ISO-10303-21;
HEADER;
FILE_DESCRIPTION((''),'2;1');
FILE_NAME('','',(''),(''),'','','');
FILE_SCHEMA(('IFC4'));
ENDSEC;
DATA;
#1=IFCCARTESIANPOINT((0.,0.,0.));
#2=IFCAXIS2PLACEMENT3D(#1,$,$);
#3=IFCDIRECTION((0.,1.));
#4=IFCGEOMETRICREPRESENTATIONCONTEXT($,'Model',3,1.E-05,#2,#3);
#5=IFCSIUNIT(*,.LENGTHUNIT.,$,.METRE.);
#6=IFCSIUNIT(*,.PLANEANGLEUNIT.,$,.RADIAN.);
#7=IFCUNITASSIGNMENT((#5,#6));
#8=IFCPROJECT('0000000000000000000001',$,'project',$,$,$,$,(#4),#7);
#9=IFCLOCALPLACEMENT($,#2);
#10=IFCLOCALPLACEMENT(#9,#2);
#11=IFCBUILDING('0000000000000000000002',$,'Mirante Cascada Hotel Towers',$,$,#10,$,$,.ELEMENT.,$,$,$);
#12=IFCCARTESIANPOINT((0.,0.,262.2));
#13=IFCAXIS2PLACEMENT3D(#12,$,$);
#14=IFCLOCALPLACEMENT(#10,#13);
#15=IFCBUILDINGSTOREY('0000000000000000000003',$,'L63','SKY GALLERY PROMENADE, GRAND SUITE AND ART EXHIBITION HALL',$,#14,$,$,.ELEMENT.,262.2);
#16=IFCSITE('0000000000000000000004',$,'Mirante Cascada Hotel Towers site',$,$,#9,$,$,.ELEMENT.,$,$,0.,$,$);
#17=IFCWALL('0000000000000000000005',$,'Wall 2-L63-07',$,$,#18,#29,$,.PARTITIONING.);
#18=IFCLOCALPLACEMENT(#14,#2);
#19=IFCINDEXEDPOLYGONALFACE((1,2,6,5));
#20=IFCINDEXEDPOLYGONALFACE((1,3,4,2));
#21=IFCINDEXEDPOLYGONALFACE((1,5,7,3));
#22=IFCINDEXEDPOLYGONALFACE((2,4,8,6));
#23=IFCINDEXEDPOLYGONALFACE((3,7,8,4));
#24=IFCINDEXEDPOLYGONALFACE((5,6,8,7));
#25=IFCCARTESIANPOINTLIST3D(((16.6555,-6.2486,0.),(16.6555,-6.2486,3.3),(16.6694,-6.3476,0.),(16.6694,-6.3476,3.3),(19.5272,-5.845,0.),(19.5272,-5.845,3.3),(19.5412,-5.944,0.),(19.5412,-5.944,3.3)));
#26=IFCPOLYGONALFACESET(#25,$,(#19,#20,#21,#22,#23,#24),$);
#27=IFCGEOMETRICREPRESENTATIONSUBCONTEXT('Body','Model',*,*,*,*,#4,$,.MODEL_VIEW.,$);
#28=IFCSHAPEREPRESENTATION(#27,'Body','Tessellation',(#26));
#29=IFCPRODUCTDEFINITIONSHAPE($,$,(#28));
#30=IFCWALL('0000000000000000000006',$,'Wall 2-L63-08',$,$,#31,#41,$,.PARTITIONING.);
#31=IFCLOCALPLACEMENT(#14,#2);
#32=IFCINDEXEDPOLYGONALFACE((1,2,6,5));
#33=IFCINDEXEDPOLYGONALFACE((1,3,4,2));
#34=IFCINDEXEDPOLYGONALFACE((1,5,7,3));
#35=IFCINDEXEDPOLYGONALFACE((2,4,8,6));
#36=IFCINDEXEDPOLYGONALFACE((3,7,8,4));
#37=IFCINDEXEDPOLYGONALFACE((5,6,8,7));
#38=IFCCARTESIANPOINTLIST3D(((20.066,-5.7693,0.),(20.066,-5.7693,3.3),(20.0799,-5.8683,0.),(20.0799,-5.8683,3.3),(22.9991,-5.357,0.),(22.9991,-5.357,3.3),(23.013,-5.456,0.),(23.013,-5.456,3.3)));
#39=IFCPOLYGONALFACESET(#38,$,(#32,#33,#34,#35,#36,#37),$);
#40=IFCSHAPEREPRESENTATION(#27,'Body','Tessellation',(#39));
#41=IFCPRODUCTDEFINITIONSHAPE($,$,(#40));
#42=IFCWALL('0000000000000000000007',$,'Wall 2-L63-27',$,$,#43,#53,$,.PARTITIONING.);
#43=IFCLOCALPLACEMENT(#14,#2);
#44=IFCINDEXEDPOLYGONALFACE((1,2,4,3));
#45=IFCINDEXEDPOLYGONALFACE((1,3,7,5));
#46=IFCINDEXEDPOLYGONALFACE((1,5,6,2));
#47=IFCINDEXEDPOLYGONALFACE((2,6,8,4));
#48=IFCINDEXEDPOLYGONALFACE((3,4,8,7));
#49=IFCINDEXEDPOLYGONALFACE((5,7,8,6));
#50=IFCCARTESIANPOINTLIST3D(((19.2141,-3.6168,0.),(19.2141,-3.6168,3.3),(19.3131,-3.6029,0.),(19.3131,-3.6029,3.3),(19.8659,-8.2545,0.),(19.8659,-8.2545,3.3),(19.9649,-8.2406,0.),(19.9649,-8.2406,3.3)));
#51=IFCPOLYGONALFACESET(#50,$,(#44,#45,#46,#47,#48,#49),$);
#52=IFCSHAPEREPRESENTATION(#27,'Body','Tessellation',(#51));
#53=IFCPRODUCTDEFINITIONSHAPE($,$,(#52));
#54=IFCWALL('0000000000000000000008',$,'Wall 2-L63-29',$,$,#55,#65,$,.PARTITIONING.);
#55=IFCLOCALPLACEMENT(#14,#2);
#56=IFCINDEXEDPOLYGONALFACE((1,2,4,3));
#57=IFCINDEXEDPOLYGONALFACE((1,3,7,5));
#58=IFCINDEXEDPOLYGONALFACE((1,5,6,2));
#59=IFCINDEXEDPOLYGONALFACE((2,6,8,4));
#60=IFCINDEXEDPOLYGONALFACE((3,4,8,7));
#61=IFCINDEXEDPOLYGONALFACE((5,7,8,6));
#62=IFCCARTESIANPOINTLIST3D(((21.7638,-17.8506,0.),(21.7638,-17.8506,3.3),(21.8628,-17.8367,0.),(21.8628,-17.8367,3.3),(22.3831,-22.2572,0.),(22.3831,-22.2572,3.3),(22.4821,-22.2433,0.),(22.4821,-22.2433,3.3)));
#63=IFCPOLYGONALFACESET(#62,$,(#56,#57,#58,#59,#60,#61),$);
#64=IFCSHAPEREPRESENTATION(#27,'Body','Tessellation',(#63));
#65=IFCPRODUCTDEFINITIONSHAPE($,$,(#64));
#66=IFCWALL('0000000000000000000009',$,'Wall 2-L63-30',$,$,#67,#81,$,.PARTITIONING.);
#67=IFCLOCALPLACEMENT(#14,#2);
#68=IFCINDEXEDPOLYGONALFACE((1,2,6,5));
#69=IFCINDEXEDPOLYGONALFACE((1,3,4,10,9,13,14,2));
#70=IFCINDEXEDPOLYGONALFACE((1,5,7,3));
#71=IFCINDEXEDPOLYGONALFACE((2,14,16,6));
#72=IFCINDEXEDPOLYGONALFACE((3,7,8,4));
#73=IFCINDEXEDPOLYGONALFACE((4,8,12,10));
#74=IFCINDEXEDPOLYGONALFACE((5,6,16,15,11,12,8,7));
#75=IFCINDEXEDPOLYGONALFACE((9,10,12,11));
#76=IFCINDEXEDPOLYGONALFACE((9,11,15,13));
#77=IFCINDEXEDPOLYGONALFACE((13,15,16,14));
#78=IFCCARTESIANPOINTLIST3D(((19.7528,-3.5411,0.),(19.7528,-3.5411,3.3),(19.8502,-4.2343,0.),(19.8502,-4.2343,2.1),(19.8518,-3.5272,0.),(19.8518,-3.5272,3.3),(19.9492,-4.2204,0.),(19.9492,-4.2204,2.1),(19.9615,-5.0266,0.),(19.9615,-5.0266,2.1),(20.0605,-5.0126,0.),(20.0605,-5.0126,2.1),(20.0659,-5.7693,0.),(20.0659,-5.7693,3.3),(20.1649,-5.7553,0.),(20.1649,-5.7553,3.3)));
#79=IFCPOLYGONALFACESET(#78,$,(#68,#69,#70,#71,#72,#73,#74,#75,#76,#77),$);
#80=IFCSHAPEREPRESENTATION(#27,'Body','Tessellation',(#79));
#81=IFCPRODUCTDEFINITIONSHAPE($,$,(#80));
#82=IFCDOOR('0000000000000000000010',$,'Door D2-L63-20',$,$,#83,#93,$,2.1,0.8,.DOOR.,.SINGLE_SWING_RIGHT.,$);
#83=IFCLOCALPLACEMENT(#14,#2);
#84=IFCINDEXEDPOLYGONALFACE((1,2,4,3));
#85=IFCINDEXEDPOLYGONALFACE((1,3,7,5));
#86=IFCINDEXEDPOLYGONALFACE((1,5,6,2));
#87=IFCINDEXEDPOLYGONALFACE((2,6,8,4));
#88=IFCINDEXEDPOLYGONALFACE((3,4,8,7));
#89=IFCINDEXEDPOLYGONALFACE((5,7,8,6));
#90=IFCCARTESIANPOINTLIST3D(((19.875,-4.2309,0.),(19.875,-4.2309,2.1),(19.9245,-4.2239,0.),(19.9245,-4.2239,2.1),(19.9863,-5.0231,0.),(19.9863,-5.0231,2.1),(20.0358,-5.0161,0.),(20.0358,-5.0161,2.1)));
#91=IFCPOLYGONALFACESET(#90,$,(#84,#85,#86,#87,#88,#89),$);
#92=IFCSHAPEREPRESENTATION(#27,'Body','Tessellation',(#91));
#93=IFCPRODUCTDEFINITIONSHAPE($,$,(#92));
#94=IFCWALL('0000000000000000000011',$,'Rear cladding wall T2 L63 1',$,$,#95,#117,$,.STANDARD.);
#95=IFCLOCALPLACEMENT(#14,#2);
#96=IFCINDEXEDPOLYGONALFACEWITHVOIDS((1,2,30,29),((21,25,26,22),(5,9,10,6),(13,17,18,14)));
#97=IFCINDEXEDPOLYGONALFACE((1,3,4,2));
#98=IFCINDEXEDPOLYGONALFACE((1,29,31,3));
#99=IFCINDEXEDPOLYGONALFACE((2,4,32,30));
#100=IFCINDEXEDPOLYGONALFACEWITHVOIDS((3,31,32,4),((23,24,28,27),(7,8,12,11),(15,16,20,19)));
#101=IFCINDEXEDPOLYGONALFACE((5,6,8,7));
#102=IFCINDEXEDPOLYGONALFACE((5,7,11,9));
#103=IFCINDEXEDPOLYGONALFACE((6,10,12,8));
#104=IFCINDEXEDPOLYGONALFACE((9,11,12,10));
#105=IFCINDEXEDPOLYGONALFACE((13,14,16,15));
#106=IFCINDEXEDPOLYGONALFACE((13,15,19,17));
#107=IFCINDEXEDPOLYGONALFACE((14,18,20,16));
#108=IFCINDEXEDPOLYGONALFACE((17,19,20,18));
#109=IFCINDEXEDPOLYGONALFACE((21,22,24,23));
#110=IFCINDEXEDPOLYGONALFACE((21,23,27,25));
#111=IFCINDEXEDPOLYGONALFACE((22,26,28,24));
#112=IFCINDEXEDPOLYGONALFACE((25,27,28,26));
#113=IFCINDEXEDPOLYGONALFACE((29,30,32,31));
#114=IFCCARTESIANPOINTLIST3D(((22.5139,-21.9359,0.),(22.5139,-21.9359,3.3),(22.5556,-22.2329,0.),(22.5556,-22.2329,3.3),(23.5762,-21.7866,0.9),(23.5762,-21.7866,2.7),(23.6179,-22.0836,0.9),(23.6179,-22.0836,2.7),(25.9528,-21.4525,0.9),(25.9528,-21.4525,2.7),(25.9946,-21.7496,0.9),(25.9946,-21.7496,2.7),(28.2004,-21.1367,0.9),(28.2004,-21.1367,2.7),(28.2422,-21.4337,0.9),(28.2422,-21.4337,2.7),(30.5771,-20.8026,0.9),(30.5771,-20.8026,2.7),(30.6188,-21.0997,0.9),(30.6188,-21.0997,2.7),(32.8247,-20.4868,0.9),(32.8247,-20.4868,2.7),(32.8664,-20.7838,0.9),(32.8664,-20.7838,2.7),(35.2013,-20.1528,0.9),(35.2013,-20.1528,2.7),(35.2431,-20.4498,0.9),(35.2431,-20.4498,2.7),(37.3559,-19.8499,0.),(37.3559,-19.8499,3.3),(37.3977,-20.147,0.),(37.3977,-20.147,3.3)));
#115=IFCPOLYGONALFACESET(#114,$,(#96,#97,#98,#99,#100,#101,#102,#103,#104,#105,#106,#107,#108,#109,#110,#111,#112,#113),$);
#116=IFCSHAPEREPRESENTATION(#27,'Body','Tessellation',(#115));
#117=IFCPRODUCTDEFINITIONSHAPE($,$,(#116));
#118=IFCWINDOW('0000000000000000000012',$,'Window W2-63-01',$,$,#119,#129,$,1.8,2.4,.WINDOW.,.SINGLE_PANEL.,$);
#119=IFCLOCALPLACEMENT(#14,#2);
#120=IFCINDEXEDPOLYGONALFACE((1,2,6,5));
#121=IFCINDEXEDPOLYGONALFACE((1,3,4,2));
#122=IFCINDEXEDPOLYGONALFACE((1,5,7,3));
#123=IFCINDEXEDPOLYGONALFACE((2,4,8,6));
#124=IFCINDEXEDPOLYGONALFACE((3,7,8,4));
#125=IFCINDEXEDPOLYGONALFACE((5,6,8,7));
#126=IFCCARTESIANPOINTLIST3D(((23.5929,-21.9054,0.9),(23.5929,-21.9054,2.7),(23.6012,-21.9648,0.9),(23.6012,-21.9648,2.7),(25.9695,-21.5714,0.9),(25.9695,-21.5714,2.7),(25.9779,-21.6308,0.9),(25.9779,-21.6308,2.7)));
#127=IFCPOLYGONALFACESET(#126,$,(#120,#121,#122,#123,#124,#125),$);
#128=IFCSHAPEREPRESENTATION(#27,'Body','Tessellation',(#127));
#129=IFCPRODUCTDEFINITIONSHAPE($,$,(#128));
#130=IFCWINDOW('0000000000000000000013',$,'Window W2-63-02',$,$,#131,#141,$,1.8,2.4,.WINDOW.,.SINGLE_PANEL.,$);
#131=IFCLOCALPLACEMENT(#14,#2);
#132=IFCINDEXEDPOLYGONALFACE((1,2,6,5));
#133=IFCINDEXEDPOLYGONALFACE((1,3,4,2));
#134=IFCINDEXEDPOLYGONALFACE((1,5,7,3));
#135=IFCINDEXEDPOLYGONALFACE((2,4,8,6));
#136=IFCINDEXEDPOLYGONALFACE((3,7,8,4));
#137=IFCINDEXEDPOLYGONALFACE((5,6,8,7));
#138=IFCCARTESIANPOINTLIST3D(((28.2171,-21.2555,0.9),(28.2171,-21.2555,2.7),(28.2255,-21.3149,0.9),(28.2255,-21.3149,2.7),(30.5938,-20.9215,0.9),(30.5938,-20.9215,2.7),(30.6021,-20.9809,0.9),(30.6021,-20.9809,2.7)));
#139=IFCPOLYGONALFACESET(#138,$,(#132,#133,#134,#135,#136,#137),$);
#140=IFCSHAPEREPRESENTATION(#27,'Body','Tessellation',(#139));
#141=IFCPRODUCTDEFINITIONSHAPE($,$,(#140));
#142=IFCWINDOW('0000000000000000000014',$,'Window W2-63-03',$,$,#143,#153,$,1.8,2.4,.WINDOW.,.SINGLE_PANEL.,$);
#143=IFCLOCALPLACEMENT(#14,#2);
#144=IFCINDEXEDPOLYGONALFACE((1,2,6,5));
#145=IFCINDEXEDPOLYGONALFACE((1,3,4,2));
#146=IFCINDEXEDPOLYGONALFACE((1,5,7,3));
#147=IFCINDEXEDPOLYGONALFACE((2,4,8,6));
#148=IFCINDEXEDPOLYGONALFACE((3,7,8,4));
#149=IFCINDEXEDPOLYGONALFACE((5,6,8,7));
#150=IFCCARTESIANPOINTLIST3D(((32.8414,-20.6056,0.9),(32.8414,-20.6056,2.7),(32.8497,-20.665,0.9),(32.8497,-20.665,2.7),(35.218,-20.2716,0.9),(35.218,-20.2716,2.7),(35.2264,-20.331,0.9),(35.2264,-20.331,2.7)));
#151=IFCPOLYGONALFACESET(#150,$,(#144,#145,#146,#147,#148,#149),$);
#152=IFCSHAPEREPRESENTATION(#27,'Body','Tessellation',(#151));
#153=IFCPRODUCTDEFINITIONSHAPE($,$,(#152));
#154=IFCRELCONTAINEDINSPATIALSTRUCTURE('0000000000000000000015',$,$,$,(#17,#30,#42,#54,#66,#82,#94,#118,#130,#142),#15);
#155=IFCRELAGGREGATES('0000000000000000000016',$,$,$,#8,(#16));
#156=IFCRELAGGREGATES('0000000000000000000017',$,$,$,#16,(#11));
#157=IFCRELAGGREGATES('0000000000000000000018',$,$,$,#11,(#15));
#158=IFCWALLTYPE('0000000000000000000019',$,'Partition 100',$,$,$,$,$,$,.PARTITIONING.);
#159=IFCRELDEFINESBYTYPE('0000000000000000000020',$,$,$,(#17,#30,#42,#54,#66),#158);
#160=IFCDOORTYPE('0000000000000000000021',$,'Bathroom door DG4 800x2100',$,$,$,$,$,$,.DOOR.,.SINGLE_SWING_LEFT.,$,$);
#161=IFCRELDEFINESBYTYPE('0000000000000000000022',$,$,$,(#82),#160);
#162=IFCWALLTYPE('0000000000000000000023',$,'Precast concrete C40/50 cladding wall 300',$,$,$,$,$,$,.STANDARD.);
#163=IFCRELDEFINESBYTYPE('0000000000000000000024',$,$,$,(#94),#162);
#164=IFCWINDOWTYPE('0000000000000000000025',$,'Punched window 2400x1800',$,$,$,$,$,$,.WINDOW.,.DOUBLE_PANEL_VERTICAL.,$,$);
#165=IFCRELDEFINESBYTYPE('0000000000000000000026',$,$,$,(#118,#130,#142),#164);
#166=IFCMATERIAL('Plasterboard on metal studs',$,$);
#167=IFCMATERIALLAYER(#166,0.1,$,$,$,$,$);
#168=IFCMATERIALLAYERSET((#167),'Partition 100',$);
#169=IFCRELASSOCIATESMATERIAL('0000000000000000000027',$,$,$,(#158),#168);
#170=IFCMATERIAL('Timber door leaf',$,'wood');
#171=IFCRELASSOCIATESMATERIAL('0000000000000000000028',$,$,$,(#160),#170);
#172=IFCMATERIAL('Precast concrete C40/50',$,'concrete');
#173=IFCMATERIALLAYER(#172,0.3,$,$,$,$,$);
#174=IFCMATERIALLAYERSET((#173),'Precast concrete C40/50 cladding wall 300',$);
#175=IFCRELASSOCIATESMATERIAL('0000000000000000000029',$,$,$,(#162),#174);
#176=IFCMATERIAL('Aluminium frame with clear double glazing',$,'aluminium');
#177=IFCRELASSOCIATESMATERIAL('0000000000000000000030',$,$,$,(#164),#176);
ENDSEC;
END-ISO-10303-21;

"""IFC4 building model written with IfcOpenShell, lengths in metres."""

from ifc_helpers import new_model, si_unit, direction, frame, frame_2d, origin, place, context, subcontext, project, spatial, rectangle, extrude, material, layer, layer_set, type_object, element, fill, save


model = new_model("IFC4")

# Units and contexts
model_context = context("Model", 3, precision=1e-05, world=origin(), true_north=direction((0.0, 1.0)))
body_context = subcontext(model_context, "Body", "Model", "MODEL_VIEW")
ifc_project = project(units=[si_unit("LENGTHUNIT", "METRE"), si_unit("PLANEANGLEUNIT", "RADIAN")], contexts=[model_context])

# Site, building, storey
site_placement = place(None, origin())
site = spatial("IfcSite", under=ifc_project, at=site_placement, Name="Mirante Cascada Hotel Towers site", CompositionType="ELEMENT", RefElevation=0.0)
building_placement = place(site_placement, origin())
building = spatial("IfcBuilding", under=site, at=building_placement, Name="Mirante Cascada Hotel Towers", CompositionType="ELEMENT")
storey_placement = place(building_placement, frame((0.0, 0.0, 262.2)))
storey = spatial("IfcBuildingStorey", under=building, at=storey_placement, Name="L63", Description="SKY GALLERY PROMENADE, GRAND SUITE AND ART EXHIBITION HALL", CompositionType="ELEMENT", Elevation=262.2)

# Shared definitions
ifc_material_1 = material(Name="Plasterboard on metal studs")
ifc_layer_1 = layer(ifc_material_1, 0.1)
ifc_layer_set_1 = layer_set([ifc_layer_1], Name="Partition 100")
wall_type_1 = type_object("IfcWallType", Name="Partition 100", PredefinedType="PARTITIONING", material=ifc_layer_set_1)

# Walls
wall_1_placement = place(storey_placement, frame((19.5342, -5.8945, 0.0), z_axis=(0.0, 0.0, 1.0), x_axis=(-0.990268, -0.139171, 0.0)))
element("IfcWall", 1, at=wall_1_placement, inside=storey, type_object=wall_type_1, Name="Wall 2-L63-07", PredefinedType="PARTITIONING", context=body_context, shape_type="SweptSolid", body=[
    extrude(rectangle(XDim=2.9, YDim=0.1, at=frame_2d((1.45, 0.0))), origin(), (0.0, 0.0, 1.0), 3.3),
])
wall_2_placement = place(storey_placement, frame((20.0729, -5.8188, 0.0), z_axis=(0.0, 0.0, 1.0), x_axis=(0.990264, 0.1392, 0.0)))
element("IfcWall", 2, at=wall_2_placement, inside=storey, type_object=wall_type_1, Name="Wall 2-L63-08", PredefinedType="PARTITIONING", context=body_context, shape_type="SweptSolid", body=[
    extrude(rectangle(XDim=2.9619, YDim=0.1, at=frame_2d((1.481, 0.0))), origin(), (0.0, 0.0, 1.0), 3.3),
])
wall_3_placement = place(storey_placement, frame((19.2636, -3.6099, 0.0), z_axis=(0.0, 0.0, 1.0), x_axis=(0.139176, -0.990268, 0.0)))
element("IfcWall", 3, at=wall_3_placement, inside=storey, type_object=wall_type_1, Name="Wall 2-L63-27", PredefinedType="PARTITIONING", context=body_context, shape_type="SweptSolid", body=[
    extrude(rectangle(XDim=4.6833, YDim=0.1, at=frame_2d((2.3416, 0.0))), origin(), (0.0, 0.0, 1.0), 3.3),
])
wall_4_placement = place(storey_placement, frame((21.8133, -17.8436, 0.0), z_axis=(0.0, 0.0, 1.0), x_axis=(0.139172, -0.990268, 0.0)))
element("IfcWall", 4, at=wall_4_placement, inside=storey, type_object=wall_type_1, Name="Wall 2-L63-29", PredefinedType="PARTITIONING", context=body_context, shape_type="SweptSolid", body=[
    extrude(rectangle(XDim=4.4499, YDim=0.1, at=frame_2d((2.225, 0.0))), origin(), (0.0, 0.0, 1.0), 3.3),
])

# Wall, opening, door
wall_5_placement = place(storey_placement, frame((20.1154, -5.7623, 0.0), z_axis=(0.0, 0.0, 1.0), x_axis=(-0.139156, 0.990271, 0.0)))
wall_5 = element("IfcWall", 5, at=wall_5_placement, inside=storey, type_object=wall_type_1, Name="Wall 2-L63-30", PredefinedType="PARTITIONING", context=body_context, shape_type="SweptSolid", body=[
    extrude(rectangle(XDim=2.25, YDim=0.1, at=frame_2d((1.125, 0.0))), origin(), (0.0, 0.0, 1.0), 3.3),
])
opening_1_placement = place(wall_5_placement, frame((0.75, 0.0, 0.0)))
opening_1 = element("IfcOpeningElement", 6, at=opening_1_placement, cuts=wall_5, PredefinedType="OPENING", context=body_context, shape_type="SweptSolid", body=[
    extrude(rectangle(XDim=0.8, YDim=2.1, at=frame_2d((0.4, 1.05))), frame((0.0, 0.05, 0.0), z_axis=(0.0, -1.0, 0.0), x_axis=(1.0, 0.0, 0.0)), (0.0, 0.0, 1.0), 0.1),
])
ifc_material_2 = material(Name="Timber door leaf", Category="wood")
door_type_1 = type_object("IfcDoorType", Name="Bathroom door DG4 800x2100", OperationType="SINGLE_SWING_LEFT", PredefinedType="DOOR", material=ifc_material_2)
door_1_placement = place(opening_1_placement, frame((0.8, 0.0, 0.0), z_axis=(0.0, 0.0, 1.0), x_axis=(-1.0, 0.0, 0.0)))
door_1 = element("IfcDoor", 7, at=door_1_placement, inside=storey, type_object=door_type_1, Name="Door D2-L63-20", OperationType="SINGLE_SWING_RIGHT", OverallHeight=2.1, OverallWidth=0.8, PredefinedType="DOOR", context=body_context, shape_type="SweptSolid", body=[
    extrude(rectangle(XDim=0.8, YDim=2.1, at=frame_2d((0.4, 1.05))), frame((0.0, 0.025, 0.0), z_axis=(0.0, -1.0, 0.0), x_axis=(1.0, 0.0, 0.0)), (0.0, 0.0, 1.0), 0.05),
])
fill(opening_1, door_1)

# Wall, openings, windows
ifc_material_3 = material(Name="Precast concrete C40/50", Category="concrete")
ifc_layer_2 = layer(ifc_material_3, 0.3)
ifc_layer_set_2 = layer_set([ifc_layer_2], Name="Precast concrete C40/50 cladding wall 300")
wall_type_2 = type_object("IfcWallType", Name="Precast concrete C40/50 cladding wall 300", PredefinedType="STANDARD", material=ifc_layer_set_2)
wall_6_placement = place(storey_placement, frame((22.5347, -22.0844, 0.0), z_axis=(0.0, 0.0, 1.0), x_axis=(0.990268, 0.139173, 0.0)))
wall_6 = element("IfcWall", 8, at=wall_6_placement, inside=storey, type_object=wall_type_2, Name="Rear cladding wall T2 L63 1", PredefinedType="STANDARD", context=body_context, shape_type="SweptSolid", body=[
    extrude(rectangle(XDim=14.9879, YDim=0.3, at=frame_2d((7.494, 0.0))), origin(), (0.0, 0.0, 1.0), 3.3),
])
opening_2_placement = place(wall_6_placement, frame((1.0728, 0.0, 0.9)))
opening_2 = element("IfcOpeningElement", 9, at=opening_2_placement, cuts=wall_6, PredefinedType="OPENING", context=body_context, shape_type="SweptSolid", body=[
    extrude(rectangle(XDim=2.4, YDim=1.8, at=frame_2d((1.2, 0.9))), frame((0.0, 0.15, 0.0), z_axis=(0.0, -1.0, 0.0), x_axis=(1.0, 0.0, 0.0)), (0.0, 0.0, 1.0), 0.3),
])
opening_3_placement = place(wall_6_placement, frame((5.7425, 0.0, 0.9)))
opening_3 = element("IfcOpeningElement", 10, at=opening_3_placement, cuts=wall_6, PredefinedType="OPENING", context=body_context, shape_type="SweptSolid", body=[
    extrude(rectangle(XDim=2.4, YDim=1.8, at=frame_2d((1.2, 0.9))), frame((0.0, 0.15, 0.0), z_axis=(0.0, -1.0, 0.0), x_axis=(1.0, 0.0, 0.0)), (0.0, 0.0, 1.0), 0.3),
])
opening_4_placement = place(wall_6_placement, frame((10.4122, 0.0, 0.9)))
opening_4 = element("IfcOpeningElement", 11, at=opening_4_placement, cuts=wall_6, PredefinedType="OPENING", context=body_context, shape_type="SweptSolid", body=[
    extrude(rectangle(XDim=2.4, YDim=1.8, at=frame_2d((1.2, 0.9))), frame((0.0, 0.15, 0.0), z_axis=(0.0, -1.0, 0.0), x_axis=(1.0, 0.0, 0.0)), (0.0, 0.0, 1.0), 0.3),
])
ifc_material_4 = material(Name="Aluminium frame with clear double glazing", Category="aluminium")
window_type_1 = type_object("IfcWindowType", Name="Punched window 2400x1800", PartitioningType="DOUBLE_PANEL_VERTICAL", PredefinedType="WINDOW", material=ifc_material_4)
window_1_placement = place(opening_2_placement, origin())
window_1 = element("IfcWindow", 12, at=window_1_placement, inside=storey, type_object=window_type_1, Name="Window W2-63-01", OverallHeight=1.8, OverallWidth=2.4, PartitioningType="SINGLE_PANEL", PredefinedType="WINDOW", context=body_context, shape_type="SweptSolid", body=[
    extrude(rectangle(XDim=2.4, YDim=1.8, at=frame_2d((1.2, 0.9))), frame((0.0, 0.03, 0.0), z_axis=(0.0, -1.0, 0.0), x_axis=(1.0, 0.0, 0.0)), (0.0, 0.0, 1.0), 0.06),
])
fill(opening_2, window_1)
window_2_placement = place(opening_3_placement, origin())
window_2 = element("IfcWindow", 13, at=window_2_placement, inside=storey, type_object=window_type_1, Name="Window W2-63-02", OverallHeight=1.8, OverallWidth=2.4, PartitioningType="SINGLE_PANEL", PredefinedType="WINDOW", context=body_context, shape_type="SweptSolid", body=[
    extrude(rectangle(XDim=2.4, YDim=1.8, at=frame_2d((1.2, 0.9))), frame((0.0, 0.03, 0.0), z_axis=(0.0, -1.0, 0.0), x_axis=(1.0, 0.0, 0.0)), (0.0, 0.0, 1.0), 0.06),
])
fill(opening_3, window_2)
window_3_placement = place(opening_4_placement, origin())
window_3 = element("IfcWindow", 14, at=window_3_placement, inside=storey, type_object=window_type_1, Name="Window W2-63-03", OverallHeight=1.8, OverallWidth=2.4, PartitioningType="SINGLE_PANEL", PredefinedType="WINDOW", context=body_context, shape_type="SweptSolid", body=[
    extrude(rectangle(XDim=2.4, YDim=1.8, at=frame_2d((1.2, 0.9))), frame((0.0, 0.03, 0.0), z_axis=(0.0, -1.0, 0.0), x_axis=(1.0, 0.0, 0.0)), (0.0, 0.0, 1.0), 0.06),
])
fill(opening_4, window_3)

save(model, "model.ifc")
